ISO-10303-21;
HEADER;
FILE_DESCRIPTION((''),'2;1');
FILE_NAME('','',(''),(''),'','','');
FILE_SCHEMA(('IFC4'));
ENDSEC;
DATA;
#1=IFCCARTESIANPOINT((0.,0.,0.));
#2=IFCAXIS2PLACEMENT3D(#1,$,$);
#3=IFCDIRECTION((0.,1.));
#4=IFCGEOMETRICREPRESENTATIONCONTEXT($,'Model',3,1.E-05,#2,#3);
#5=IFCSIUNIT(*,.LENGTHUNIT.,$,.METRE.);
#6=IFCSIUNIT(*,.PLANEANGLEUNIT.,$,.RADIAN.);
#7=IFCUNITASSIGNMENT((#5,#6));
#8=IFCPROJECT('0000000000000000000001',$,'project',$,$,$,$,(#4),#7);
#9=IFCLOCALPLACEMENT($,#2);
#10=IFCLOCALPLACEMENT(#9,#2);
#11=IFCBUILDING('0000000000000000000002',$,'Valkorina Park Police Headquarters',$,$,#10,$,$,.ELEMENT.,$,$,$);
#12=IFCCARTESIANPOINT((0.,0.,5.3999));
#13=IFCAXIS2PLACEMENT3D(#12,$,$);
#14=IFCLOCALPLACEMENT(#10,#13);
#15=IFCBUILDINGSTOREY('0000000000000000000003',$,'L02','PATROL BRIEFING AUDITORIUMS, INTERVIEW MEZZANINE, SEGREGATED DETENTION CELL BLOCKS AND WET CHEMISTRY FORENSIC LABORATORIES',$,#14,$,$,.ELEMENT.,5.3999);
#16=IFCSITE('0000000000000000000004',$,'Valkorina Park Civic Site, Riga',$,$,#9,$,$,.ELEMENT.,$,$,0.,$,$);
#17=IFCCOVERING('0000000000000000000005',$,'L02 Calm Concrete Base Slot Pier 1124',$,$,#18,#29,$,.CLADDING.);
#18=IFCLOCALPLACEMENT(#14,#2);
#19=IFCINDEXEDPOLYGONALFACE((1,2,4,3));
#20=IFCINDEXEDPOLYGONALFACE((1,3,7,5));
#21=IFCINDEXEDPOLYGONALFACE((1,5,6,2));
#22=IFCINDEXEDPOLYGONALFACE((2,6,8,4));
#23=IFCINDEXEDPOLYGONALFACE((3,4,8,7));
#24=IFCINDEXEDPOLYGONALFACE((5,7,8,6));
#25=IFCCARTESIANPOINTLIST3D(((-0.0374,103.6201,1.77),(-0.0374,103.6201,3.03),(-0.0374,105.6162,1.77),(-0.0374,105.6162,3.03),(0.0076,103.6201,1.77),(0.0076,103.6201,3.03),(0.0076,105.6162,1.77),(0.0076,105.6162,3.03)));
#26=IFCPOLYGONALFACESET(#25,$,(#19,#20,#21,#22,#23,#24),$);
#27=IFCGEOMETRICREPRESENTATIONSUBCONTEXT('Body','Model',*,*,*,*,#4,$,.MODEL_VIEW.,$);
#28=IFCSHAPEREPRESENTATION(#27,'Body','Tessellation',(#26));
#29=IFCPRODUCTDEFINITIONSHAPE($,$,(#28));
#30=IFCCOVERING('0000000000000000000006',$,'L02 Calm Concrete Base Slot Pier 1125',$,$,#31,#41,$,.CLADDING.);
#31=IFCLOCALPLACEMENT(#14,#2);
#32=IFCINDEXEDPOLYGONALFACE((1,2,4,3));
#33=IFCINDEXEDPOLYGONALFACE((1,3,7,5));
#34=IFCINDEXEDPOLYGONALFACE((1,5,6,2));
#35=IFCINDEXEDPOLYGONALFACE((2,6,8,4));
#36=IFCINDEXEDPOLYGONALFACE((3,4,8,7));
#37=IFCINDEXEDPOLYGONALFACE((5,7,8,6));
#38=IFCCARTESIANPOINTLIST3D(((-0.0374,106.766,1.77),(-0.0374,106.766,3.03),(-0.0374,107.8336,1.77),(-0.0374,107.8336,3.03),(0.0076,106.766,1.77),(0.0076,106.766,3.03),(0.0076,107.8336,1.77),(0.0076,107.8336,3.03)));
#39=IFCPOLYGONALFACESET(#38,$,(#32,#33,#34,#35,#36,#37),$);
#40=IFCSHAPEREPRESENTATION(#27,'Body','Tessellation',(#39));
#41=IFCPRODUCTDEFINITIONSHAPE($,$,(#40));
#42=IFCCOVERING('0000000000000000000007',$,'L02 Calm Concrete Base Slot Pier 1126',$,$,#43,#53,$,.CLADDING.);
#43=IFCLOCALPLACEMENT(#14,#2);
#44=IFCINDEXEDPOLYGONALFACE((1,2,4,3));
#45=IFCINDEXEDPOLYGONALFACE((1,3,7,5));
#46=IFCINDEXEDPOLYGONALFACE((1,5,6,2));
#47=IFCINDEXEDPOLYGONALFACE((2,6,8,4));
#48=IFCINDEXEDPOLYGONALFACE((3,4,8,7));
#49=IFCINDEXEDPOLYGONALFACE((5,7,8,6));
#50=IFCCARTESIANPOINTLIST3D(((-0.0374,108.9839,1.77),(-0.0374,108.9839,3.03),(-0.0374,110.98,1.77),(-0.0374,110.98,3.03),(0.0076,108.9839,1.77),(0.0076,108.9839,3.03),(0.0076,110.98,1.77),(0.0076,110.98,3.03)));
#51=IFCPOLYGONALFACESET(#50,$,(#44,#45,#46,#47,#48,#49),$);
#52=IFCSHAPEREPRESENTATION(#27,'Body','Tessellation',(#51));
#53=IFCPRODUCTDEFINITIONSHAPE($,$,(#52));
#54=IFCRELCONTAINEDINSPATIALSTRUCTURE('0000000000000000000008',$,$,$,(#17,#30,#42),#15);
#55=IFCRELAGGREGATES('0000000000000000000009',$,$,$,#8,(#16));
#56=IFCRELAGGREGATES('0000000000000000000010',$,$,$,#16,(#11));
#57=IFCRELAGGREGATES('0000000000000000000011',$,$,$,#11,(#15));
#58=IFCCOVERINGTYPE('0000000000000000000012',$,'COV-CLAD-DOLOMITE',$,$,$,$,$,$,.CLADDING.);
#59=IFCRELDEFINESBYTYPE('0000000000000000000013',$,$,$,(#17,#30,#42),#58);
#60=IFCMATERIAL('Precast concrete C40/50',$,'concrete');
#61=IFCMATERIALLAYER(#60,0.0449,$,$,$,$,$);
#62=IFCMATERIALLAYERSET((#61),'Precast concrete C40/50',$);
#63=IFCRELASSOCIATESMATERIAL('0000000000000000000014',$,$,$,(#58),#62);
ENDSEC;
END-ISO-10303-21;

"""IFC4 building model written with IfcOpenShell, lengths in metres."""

from ifc_helpers import new_model, si_unit, direction, frame, frame_2d, origin, place, context, subcontext, project, spatial, rectangle, extrude, material, layer, layer_set, type_object, element, save


model = new_model("IFC4")

# Units and contexts
model_context = context("Model", 3, precision=1e-05, world=origin(), true_north=direction((0.0, 1.0)))
body_context = subcontext(model_context, "Body", "Model", "MODEL_VIEW")
ifc_project = project(units=[si_unit("LENGTHUNIT", "METRE"), si_unit("PLANEANGLEUNIT", "RADIAN")], contexts=[model_context])

# Site, building, storey
site_placement = place(None, origin())
site = spatial("IfcSite", under=ifc_project, at=site_placement, Name="Valkorina Park Civic Site, Riga", CompositionType="ELEMENT", RefElevation=0.0)
building_placement = place(site_placement, origin())
building = spatial("IfcBuilding", under=site, at=building_placement, Name="Valkorina Park Police Headquarters", CompositionType="ELEMENT")
storey_placement = place(building_placement, frame((0.0, 0.0, 5.3999)))
storey = spatial("IfcBuildingStorey", under=building, at=storey_placement, Name="L02", Description="PATROL BRIEFING AUDITORIUMS, INTERVIEW MEZZANINE, SEGREGATED DETENTION CELL BLOCKS AND WET CHEMISTRY FORENSIC LABORATORIES", CompositionType="ELEMENT", Elevation=5.3999)

# Shared definitions
ifc_material_1 = material(Name="Precast concrete C40/50", Category="concrete")

# Coverings
ifc_layer_1 = layer(ifc_material_1, 0.0449)
ifc_layer_set_1 = layer_set([ifc_layer_1], Name="Precast concrete C40/50")
covering_type = type_object("IfcCoveringType", Name="COV-CLAD-DOLOMITE", PredefinedType="CLADDING", material=ifc_layer_set_1)
covering_1_placement = place(storey_placement, frame((-0.0149, 103.6201, 1.77), z_axis=(0.0, 0.0, 1.0), x_axis=(0.0, 1.0, 0.0)))
element("IfcCovering", 1, at=covering_1_placement, inside=storey, type_object=covering_type, Name="L02 Calm Concrete Base Slot Pier 1124", PredefinedType="CLADDING", context=body_context, shape_type="SweptSolid", body=[
    extrude(rectangle(XDim=1.9961, YDim=0.0449, at=frame_2d((0.998, 0.0))), origin(), (0.0, 0.0, 1.0), 1.26),
])
covering_2_placement = place(storey_placement, frame((-0.0149, 106.7661, 1.77), z_axis=(0.0, 0.0, 1.0), x_axis=(0.0, 1.0, 0.0)))
element("IfcCovering", 2, at=covering_2_placement, inside=storey, type_object=covering_type, Name="L02 Calm Concrete Base Slot Pier 1125", PredefinedType="CLADDING", context=body_context, shape_type="SweptSolid", body=[
    extrude(rectangle(XDim=1.0676, YDim=0.0449, at=frame_2d((0.5337, 0.0))), origin(), (0.0, 0.0, 1.0), 1.26),
])
covering_3_placement = place(storey_placement, frame((-0.0149, 108.9839, 1.77), z_axis=(0.0, 0.0, 1.0), x_axis=(0.0, 1.0, 0.0)))
element("IfcCovering", 3, at=covering_3_placement, inside=storey, type_object=covering_type, Name="L02 Calm Concrete Base Slot Pier 1126", PredefinedType="CLADDING", context=body_context, shape_type="SweptSolid", body=[
    extrude(rectangle(XDim=1.9961, YDim=0.0449, at=frame_2d((0.998, 0.0))), origin(), (0.0, 0.0, 1.0), 1.26),
])

save(model, "model.ifc")
